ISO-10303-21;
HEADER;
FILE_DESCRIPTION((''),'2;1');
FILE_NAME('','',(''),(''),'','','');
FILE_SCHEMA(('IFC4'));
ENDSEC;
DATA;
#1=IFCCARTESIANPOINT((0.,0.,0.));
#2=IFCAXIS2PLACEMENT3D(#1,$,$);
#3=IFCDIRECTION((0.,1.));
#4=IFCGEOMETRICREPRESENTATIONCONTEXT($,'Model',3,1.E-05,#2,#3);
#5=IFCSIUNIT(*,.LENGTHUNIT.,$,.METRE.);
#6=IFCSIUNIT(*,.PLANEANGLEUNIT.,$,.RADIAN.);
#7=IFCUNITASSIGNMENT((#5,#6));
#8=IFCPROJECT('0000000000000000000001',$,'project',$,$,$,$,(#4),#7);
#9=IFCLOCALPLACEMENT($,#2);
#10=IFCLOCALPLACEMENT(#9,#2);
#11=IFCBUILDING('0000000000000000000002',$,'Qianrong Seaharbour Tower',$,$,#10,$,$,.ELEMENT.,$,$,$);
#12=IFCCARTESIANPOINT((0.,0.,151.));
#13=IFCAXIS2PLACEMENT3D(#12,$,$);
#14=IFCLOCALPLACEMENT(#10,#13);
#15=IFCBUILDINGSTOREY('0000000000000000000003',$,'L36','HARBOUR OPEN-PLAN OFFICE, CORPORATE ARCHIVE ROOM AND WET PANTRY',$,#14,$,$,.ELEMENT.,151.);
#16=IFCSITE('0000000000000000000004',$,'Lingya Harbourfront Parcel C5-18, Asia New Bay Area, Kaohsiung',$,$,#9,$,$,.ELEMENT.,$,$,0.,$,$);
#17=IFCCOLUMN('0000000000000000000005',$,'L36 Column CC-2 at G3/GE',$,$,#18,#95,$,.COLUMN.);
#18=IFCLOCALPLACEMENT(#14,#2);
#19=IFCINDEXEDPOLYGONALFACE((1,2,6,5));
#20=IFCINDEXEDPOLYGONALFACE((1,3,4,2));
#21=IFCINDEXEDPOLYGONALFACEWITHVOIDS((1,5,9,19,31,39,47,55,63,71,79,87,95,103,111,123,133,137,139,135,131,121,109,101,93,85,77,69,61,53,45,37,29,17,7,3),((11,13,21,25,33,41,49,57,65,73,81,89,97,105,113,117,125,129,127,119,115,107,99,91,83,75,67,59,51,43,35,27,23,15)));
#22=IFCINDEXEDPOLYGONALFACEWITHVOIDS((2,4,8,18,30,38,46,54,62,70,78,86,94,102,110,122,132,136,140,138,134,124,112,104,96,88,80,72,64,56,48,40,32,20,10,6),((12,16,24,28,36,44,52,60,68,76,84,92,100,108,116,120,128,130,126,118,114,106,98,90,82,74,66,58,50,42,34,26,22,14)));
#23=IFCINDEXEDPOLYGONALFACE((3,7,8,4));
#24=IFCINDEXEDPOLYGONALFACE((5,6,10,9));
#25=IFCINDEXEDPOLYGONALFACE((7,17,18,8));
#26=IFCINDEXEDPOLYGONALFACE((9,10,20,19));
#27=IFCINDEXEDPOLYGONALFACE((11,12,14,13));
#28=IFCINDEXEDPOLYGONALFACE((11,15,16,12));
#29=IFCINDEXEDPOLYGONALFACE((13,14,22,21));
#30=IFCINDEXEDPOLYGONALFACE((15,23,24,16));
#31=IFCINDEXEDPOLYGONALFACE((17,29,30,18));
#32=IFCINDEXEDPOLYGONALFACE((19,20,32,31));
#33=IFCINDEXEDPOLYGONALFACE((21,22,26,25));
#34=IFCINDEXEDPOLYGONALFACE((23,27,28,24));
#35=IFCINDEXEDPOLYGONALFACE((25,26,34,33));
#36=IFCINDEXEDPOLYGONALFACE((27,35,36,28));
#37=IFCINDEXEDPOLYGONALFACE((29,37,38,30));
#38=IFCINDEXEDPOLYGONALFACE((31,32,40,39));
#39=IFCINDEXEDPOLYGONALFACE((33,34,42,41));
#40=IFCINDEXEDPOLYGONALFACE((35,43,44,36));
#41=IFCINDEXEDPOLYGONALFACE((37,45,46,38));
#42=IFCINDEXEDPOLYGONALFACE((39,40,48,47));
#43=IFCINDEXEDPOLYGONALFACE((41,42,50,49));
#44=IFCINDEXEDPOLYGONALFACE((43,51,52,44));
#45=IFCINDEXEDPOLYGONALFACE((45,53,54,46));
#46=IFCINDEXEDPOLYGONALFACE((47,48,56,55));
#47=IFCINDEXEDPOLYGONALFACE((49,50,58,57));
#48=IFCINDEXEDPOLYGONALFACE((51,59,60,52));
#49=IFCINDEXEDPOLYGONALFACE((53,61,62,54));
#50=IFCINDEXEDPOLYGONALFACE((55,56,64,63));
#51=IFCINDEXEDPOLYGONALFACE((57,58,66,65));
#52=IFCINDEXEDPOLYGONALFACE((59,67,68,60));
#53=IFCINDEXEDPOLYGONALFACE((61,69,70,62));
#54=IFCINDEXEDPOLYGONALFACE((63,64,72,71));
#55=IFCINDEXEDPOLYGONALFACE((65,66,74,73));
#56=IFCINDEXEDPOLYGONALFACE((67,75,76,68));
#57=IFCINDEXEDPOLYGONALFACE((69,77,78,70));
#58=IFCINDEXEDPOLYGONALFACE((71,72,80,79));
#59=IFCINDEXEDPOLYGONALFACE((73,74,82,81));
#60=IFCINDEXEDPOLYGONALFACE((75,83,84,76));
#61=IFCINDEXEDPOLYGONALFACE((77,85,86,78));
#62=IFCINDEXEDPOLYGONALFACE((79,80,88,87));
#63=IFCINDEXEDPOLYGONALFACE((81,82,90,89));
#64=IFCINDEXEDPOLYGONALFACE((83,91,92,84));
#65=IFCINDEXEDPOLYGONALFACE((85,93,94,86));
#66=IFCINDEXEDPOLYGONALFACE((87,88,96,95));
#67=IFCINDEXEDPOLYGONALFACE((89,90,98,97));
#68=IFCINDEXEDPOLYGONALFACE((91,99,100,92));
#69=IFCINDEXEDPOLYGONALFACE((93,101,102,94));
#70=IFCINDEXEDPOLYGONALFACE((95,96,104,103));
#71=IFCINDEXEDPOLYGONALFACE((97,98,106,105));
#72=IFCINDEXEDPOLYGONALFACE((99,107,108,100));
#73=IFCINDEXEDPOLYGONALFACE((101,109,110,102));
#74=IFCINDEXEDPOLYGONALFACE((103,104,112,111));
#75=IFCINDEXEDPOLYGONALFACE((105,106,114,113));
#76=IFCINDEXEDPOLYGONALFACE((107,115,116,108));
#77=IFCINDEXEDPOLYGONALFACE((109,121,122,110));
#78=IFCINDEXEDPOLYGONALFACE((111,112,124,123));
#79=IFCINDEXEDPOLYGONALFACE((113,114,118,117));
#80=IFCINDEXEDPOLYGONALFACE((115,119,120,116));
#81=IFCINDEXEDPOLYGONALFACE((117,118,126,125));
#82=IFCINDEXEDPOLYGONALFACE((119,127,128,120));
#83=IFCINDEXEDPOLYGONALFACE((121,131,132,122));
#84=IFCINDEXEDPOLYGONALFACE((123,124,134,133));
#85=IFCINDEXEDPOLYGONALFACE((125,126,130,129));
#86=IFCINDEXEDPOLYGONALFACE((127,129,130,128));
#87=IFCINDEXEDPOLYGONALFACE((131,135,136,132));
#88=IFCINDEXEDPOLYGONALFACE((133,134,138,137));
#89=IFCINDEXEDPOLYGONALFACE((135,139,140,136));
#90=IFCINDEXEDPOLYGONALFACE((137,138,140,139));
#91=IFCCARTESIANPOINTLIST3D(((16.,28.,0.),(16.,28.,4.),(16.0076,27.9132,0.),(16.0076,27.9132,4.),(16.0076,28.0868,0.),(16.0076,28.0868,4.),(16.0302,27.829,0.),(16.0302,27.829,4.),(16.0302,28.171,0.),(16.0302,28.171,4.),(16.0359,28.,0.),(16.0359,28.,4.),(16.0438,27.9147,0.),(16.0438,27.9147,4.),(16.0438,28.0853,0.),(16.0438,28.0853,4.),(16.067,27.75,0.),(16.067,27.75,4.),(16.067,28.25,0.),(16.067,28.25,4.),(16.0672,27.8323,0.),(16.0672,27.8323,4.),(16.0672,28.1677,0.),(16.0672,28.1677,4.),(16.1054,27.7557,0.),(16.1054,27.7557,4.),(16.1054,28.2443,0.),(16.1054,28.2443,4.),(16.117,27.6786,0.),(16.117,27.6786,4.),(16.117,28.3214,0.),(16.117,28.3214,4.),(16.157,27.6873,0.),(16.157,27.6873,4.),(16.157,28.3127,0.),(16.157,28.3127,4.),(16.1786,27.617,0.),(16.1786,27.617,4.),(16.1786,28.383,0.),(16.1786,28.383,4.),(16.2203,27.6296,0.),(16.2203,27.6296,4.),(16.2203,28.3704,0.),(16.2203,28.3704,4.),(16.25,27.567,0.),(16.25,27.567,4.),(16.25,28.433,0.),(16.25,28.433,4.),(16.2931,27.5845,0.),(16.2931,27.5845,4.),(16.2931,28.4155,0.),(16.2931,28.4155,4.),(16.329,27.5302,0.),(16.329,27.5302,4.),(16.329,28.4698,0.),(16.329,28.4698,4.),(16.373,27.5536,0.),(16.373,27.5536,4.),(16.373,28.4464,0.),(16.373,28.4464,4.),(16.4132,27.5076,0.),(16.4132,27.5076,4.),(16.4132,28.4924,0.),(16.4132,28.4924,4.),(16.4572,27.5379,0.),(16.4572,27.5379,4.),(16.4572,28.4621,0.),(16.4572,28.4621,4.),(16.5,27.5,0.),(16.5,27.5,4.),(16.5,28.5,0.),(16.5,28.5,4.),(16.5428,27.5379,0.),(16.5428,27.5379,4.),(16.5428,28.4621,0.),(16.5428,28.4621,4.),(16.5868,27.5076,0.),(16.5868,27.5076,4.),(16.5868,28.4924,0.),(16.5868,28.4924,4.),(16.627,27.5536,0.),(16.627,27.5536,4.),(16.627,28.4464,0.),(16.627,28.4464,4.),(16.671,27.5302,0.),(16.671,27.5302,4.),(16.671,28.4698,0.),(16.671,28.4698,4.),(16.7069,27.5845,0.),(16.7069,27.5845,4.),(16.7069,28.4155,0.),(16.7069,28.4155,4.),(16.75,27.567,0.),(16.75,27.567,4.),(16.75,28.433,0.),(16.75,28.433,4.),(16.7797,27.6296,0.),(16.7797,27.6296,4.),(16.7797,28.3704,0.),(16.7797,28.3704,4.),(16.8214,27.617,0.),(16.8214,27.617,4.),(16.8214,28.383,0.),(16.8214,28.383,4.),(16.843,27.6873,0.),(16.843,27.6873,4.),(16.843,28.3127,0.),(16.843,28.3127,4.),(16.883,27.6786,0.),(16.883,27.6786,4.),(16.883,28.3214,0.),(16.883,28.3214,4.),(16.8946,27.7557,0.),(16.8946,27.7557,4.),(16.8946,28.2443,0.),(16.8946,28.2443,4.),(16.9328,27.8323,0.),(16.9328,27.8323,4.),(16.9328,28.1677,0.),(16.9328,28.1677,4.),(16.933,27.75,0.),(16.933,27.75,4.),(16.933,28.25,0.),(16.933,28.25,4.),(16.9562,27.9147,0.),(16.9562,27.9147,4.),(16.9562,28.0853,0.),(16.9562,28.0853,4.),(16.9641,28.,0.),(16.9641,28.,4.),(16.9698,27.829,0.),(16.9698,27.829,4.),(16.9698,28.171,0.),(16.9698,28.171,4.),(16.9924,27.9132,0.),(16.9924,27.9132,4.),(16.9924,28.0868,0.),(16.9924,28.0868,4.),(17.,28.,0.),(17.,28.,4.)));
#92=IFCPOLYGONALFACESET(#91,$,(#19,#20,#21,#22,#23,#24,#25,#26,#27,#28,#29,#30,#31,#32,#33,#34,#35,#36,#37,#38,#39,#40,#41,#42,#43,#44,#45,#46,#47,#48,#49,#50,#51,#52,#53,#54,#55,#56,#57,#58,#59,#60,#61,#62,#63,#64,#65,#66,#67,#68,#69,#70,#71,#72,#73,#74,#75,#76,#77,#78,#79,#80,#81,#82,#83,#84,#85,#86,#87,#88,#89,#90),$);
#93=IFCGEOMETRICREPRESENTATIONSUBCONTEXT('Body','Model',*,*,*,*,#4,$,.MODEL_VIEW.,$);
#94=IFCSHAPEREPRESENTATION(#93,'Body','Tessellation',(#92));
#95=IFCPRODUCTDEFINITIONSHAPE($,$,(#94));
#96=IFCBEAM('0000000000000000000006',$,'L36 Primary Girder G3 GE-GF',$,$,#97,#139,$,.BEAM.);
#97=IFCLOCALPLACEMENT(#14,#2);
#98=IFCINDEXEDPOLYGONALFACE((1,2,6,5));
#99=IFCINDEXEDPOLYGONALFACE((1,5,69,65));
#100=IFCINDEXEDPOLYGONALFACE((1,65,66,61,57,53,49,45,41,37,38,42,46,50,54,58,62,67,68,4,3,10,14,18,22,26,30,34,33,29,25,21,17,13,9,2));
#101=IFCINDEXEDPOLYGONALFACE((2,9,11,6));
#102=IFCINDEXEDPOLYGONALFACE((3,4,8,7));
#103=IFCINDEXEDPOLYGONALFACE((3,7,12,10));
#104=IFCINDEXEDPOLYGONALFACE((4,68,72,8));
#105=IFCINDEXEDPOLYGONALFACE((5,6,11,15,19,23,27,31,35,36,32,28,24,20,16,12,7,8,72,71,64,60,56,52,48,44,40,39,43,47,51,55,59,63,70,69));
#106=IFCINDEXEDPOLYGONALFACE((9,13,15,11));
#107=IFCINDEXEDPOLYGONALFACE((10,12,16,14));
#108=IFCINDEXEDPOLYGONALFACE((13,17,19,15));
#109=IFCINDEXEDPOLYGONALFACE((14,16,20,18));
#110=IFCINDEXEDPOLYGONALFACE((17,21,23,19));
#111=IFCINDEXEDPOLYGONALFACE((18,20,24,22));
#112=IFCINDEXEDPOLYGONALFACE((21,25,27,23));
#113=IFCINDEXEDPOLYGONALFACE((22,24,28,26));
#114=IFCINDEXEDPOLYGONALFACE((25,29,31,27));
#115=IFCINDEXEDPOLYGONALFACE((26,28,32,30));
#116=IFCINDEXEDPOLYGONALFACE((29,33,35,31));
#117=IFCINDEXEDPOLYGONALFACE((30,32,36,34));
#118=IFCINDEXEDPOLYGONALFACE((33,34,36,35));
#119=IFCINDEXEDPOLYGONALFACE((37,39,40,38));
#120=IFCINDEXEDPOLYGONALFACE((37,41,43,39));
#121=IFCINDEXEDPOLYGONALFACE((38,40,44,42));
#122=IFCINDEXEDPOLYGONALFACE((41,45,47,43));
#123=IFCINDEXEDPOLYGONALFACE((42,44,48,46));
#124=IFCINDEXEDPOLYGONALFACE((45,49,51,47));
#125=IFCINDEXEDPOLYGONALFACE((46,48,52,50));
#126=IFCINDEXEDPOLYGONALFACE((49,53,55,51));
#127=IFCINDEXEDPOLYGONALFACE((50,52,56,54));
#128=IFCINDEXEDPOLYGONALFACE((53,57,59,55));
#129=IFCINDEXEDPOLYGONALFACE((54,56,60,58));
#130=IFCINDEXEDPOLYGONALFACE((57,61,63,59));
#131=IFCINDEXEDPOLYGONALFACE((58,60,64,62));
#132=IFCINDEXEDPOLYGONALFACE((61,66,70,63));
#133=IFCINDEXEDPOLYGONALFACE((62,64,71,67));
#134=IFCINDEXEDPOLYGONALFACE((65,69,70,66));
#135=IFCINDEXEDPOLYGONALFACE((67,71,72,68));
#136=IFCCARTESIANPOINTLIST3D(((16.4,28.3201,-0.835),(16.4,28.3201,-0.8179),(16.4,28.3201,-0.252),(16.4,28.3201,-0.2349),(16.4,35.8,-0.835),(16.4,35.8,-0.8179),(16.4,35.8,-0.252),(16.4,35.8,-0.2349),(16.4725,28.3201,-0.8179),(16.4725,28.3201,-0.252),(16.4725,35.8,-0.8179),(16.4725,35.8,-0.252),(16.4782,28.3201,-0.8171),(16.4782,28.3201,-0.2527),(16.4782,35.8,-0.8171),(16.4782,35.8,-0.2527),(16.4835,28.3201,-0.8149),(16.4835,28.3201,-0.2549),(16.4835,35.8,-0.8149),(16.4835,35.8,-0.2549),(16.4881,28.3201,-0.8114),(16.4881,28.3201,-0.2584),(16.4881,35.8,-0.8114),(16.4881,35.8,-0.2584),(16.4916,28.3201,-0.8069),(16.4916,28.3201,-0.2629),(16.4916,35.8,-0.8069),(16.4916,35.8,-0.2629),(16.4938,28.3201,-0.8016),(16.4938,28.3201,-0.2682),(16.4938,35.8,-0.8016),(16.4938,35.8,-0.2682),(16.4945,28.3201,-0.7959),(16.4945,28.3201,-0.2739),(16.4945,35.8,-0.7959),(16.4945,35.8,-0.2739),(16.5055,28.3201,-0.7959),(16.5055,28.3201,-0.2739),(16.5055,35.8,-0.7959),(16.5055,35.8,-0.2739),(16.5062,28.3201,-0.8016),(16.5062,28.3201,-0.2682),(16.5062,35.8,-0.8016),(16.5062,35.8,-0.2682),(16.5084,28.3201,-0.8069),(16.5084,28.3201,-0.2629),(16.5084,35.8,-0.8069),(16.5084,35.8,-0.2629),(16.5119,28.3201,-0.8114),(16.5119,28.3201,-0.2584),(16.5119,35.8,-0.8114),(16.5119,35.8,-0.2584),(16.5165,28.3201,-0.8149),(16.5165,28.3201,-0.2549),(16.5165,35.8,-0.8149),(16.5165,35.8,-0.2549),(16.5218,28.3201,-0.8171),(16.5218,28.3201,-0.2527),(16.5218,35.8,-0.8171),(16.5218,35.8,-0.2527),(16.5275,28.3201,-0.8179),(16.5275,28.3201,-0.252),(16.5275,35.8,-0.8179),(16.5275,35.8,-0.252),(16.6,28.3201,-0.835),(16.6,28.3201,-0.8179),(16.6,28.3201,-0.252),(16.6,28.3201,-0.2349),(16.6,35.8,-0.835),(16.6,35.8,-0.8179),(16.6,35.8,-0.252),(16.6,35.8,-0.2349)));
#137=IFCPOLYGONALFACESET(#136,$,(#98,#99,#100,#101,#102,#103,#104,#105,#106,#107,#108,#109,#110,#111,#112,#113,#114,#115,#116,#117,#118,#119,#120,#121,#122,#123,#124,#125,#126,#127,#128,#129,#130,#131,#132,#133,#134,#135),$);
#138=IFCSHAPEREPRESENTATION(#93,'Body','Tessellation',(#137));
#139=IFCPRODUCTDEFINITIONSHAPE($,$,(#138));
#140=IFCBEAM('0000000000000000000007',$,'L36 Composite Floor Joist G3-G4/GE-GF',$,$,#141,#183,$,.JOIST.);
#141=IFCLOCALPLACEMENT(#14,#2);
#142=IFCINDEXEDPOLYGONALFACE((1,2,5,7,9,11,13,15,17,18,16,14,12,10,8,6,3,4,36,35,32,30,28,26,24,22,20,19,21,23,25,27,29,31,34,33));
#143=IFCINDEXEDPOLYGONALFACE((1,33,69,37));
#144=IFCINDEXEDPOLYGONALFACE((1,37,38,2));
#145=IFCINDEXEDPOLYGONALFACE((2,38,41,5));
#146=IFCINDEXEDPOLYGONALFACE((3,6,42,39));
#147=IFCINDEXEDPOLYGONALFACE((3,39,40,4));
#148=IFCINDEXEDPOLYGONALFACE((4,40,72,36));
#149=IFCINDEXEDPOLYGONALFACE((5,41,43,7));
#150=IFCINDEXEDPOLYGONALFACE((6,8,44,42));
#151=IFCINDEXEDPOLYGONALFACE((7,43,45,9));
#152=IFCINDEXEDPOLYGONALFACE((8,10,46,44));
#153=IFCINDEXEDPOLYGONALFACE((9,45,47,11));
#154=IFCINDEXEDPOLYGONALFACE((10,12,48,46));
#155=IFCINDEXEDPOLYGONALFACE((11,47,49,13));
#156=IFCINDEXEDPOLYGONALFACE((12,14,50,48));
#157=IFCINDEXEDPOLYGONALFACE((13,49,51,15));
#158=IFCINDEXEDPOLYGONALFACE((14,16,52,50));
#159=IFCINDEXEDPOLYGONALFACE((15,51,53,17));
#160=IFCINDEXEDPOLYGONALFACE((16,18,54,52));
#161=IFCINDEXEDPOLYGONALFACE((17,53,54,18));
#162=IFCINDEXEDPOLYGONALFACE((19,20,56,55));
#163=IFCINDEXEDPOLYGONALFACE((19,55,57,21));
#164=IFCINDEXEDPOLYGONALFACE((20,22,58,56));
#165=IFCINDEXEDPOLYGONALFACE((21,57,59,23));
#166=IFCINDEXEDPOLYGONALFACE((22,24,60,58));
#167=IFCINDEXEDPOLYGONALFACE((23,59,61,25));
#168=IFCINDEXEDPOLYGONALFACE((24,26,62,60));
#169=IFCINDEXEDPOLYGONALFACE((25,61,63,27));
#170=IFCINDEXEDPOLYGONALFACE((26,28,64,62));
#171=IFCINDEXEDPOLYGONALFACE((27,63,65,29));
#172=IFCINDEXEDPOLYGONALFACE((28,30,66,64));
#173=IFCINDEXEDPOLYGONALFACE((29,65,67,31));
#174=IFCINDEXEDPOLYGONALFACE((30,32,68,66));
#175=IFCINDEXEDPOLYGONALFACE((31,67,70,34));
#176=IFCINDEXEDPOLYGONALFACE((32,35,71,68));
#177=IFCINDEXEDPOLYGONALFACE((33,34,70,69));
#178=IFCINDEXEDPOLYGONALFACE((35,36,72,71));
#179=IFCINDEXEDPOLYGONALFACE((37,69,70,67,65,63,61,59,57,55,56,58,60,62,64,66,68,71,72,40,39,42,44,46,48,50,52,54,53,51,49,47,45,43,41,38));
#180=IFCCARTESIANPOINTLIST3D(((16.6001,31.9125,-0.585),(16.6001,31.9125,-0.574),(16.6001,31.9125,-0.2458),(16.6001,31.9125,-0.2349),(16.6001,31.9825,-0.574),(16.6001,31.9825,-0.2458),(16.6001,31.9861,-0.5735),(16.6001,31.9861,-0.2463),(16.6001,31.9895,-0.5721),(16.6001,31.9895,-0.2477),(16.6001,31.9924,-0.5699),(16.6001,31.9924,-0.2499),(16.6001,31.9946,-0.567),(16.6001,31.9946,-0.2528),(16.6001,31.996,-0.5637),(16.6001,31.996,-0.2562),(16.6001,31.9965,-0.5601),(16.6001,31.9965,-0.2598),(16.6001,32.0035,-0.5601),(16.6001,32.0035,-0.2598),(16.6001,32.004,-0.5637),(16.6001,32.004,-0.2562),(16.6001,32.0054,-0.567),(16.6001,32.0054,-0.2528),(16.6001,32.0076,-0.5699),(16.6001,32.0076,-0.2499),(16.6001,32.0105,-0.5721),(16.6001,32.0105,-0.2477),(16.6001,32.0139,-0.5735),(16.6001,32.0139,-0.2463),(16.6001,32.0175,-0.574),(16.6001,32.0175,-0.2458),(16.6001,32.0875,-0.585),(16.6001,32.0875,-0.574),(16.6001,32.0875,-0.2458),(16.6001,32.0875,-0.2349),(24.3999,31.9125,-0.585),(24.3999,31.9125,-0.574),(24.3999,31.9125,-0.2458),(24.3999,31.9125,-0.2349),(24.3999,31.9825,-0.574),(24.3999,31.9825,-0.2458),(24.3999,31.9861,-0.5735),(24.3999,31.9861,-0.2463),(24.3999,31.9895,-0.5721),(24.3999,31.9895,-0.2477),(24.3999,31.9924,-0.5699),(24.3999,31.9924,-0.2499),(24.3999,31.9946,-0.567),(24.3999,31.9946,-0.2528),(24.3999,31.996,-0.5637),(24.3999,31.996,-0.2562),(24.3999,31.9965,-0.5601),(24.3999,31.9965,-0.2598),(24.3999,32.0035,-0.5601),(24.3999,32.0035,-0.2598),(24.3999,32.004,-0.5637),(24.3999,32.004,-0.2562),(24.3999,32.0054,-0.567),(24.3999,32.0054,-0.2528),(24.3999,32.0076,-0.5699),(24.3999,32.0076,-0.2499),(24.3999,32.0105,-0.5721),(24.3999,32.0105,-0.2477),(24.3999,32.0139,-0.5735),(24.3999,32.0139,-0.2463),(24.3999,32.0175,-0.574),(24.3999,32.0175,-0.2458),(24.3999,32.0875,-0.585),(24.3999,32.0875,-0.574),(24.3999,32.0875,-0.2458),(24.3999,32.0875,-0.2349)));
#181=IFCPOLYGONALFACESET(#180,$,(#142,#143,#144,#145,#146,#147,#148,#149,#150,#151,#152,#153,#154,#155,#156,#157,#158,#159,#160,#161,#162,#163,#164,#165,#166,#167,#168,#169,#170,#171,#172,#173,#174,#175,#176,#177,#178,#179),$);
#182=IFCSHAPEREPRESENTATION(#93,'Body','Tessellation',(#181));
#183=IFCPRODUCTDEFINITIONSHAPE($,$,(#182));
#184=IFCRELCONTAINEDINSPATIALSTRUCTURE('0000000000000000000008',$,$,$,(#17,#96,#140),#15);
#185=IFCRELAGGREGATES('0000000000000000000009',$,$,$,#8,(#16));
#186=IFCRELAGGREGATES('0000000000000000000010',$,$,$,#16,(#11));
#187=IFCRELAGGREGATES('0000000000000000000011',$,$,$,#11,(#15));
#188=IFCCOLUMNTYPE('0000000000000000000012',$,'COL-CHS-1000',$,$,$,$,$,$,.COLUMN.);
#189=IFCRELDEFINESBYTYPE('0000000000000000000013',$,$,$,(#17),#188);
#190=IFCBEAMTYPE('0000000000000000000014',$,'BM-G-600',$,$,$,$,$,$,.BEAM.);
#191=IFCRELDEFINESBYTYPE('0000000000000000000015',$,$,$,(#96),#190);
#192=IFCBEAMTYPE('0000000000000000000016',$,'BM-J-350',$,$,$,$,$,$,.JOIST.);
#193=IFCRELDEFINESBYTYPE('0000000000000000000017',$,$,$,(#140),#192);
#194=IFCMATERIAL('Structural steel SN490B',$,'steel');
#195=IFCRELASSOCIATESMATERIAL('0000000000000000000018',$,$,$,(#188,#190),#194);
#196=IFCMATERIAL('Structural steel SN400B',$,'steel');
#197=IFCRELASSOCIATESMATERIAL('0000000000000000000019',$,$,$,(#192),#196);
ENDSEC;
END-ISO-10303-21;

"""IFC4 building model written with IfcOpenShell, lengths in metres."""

from ifc_helpers import new_model, si_unit, direction, frame, origin, origin_2d, place, context, subcontext, project, spatial, hollow_circle, i_section, extrude, material, material_profile, profile_set, type_object, element, save


model = new_model("IFC4")

# Units and contexts
model_context = context("Model", 3, precision=1e-05, world=origin(), true_north=direction((0.0, 1.0)))
body_context = subcontext(model_context, "Body", "Model", "MODEL_VIEW")
ifc_project = project(units=[si_unit("LENGTHUNIT", "METRE"), si_unit("PLANEANGLEUNIT", "RADIAN")], contexts=[model_context])

# Site, building, storey
site_placement = place(None, origin())
site = spatial("IfcSite", under=ifc_project, at=site_placement, Name="Lingya Harbourfront Parcel C5-18, Asia New Bay Area, Kaohsiung", CompositionType="ELEMENT", RefElevation=0.0)
building_placement = place(site_placement, origin())
building = spatial("IfcBuilding", under=site, at=building_placement, Name="Qianrong Seaharbour Tower", CompositionType="ELEMENT")
storey_placement = place(building_placement, frame((0.0, 0.0, 151.0)))
storey = spatial("IfcBuildingStorey", under=building, at=storey_placement, Name="L36", Description="HARBOUR OPEN-PLAN OFFICE, CORPORATE ARCHIVE ROOM AND WET PANTRY", CompositionType="ELEMENT", Elevation=151.0)

# Column
ifc_material_1 = material(Name="Structural steel SN490B", Category="steel")
ifc_material_profile_1 = material_profile(ifc_material_1, hollow_circle(Radius=0.5, WallThickness=0.0359, at=origin_2d()), Name="CHS1000x36")
ifc_profile_set_1 = profile_set([ifc_material_profile_1], Name="Structural steel SN490B")
column_type = type_object("IfcColumnType", Name="COL-CHS-1000", PredefinedType="COLUMN", material=ifc_profile_set_1)
column_placement = place(storey_placement, frame((16.5, 28.0, 0.0), z_axis=(0.0, 0.0, 1.0), x_axis=(1.0, 0.0, 0.0)))
element("IfcColumn", 1, at=column_placement, inside=storey, type_object=column_type, Name="L36 Column CC-2 at G3/GE", PredefinedType="COLUMN", context=body_context, shape_type="SweptSolid", body=[
    extrude(hollow_circle(Radius=0.5, WallThickness=0.0359, at=origin_2d()), origin(), (0.0, 0.0, 1.0), 4.0),
])

# Beams
ifc_material_profile_2 = material_profile(ifc_material_1, i_section(OverallWidth=0.2, OverallDepth=0.6001, WebThickness=0.011, FlangeThickness=0.0171, FilletRadius=0.022, at=origin_2d()), Name="H600x200x11x17")
ifc_profile_set_2 = profile_set([ifc_material_profile_2], Name="Structural steel SN490B")
beam_type_1 = type_object("IfcBeamType", Name="BM-G-600", PredefinedType="BEAM", material=ifc_profile_set_2)
beam_1_placement = place(storey_placement, frame((16.5, 28.3201, -0.5349), z_axis=(0.0, 1.0, 0.0), x_axis=(-1.0, 0.0, 0.0)))
element("IfcBeam", 2, at=beam_1_placement, inside=storey, type_object=beam_type_1, Name="L36 Primary Girder G3 GE-GF", PredefinedType="BEAM", context=body_context, shape_type="SweptSolid", body=[
    extrude(i_section(OverallWidth=0.2, OverallDepth=0.6001, WebThickness=0.011, FlangeThickness=0.0171, FilletRadius=0.022, at=origin_2d()), origin(), (0.0, 0.0, 1.0), 7.48),
])
ifc_material_2 = material(Name="Structural steel SN400B", Category="steel")
ifc_material_profile_3 = material_profile(ifc_material_2, i_section(OverallWidth=0.175, OverallDepth=0.3501, WebThickness=0.0071, FlangeThickness=0.011, FilletRadius=0.0139, at=origin_2d()), Name="H350x175x7x11")
ifc_profile_set_3 = profile_set([ifc_material_profile_3], Name="Structural steel SN400B")
beam_type_2 = type_object("IfcBeamType", Name="BM-J-350", PredefinedType="JOIST", material=ifc_profile_set_3)
beam_2_placement = place(storey_placement, frame((16.6001, 32.0, -0.4099), z_axis=(1.0, 0.0, 0.0), x_axis=(0.0, 1.0, 0.0)))
element("IfcBeam", 3, at=beam_2_placement, inside=storey, type_object=beam_type_2, Name="L36 Composite Floor Joist G3-G4/GE-GF", PredefinedType="JOIST", context=body_context, shape_type="SweptSolid", body=[
    extrude(i_section(OverallWidth=0.175, OverallDepth=0.3501, WebThickness=0.0071, FlangeThickness=0.011, FilletRadius=0.0139, at=origin_2d()), origin(), (0.0, 0.0, 1.0), 7.7998),
])

save(model, "model.ifc")
